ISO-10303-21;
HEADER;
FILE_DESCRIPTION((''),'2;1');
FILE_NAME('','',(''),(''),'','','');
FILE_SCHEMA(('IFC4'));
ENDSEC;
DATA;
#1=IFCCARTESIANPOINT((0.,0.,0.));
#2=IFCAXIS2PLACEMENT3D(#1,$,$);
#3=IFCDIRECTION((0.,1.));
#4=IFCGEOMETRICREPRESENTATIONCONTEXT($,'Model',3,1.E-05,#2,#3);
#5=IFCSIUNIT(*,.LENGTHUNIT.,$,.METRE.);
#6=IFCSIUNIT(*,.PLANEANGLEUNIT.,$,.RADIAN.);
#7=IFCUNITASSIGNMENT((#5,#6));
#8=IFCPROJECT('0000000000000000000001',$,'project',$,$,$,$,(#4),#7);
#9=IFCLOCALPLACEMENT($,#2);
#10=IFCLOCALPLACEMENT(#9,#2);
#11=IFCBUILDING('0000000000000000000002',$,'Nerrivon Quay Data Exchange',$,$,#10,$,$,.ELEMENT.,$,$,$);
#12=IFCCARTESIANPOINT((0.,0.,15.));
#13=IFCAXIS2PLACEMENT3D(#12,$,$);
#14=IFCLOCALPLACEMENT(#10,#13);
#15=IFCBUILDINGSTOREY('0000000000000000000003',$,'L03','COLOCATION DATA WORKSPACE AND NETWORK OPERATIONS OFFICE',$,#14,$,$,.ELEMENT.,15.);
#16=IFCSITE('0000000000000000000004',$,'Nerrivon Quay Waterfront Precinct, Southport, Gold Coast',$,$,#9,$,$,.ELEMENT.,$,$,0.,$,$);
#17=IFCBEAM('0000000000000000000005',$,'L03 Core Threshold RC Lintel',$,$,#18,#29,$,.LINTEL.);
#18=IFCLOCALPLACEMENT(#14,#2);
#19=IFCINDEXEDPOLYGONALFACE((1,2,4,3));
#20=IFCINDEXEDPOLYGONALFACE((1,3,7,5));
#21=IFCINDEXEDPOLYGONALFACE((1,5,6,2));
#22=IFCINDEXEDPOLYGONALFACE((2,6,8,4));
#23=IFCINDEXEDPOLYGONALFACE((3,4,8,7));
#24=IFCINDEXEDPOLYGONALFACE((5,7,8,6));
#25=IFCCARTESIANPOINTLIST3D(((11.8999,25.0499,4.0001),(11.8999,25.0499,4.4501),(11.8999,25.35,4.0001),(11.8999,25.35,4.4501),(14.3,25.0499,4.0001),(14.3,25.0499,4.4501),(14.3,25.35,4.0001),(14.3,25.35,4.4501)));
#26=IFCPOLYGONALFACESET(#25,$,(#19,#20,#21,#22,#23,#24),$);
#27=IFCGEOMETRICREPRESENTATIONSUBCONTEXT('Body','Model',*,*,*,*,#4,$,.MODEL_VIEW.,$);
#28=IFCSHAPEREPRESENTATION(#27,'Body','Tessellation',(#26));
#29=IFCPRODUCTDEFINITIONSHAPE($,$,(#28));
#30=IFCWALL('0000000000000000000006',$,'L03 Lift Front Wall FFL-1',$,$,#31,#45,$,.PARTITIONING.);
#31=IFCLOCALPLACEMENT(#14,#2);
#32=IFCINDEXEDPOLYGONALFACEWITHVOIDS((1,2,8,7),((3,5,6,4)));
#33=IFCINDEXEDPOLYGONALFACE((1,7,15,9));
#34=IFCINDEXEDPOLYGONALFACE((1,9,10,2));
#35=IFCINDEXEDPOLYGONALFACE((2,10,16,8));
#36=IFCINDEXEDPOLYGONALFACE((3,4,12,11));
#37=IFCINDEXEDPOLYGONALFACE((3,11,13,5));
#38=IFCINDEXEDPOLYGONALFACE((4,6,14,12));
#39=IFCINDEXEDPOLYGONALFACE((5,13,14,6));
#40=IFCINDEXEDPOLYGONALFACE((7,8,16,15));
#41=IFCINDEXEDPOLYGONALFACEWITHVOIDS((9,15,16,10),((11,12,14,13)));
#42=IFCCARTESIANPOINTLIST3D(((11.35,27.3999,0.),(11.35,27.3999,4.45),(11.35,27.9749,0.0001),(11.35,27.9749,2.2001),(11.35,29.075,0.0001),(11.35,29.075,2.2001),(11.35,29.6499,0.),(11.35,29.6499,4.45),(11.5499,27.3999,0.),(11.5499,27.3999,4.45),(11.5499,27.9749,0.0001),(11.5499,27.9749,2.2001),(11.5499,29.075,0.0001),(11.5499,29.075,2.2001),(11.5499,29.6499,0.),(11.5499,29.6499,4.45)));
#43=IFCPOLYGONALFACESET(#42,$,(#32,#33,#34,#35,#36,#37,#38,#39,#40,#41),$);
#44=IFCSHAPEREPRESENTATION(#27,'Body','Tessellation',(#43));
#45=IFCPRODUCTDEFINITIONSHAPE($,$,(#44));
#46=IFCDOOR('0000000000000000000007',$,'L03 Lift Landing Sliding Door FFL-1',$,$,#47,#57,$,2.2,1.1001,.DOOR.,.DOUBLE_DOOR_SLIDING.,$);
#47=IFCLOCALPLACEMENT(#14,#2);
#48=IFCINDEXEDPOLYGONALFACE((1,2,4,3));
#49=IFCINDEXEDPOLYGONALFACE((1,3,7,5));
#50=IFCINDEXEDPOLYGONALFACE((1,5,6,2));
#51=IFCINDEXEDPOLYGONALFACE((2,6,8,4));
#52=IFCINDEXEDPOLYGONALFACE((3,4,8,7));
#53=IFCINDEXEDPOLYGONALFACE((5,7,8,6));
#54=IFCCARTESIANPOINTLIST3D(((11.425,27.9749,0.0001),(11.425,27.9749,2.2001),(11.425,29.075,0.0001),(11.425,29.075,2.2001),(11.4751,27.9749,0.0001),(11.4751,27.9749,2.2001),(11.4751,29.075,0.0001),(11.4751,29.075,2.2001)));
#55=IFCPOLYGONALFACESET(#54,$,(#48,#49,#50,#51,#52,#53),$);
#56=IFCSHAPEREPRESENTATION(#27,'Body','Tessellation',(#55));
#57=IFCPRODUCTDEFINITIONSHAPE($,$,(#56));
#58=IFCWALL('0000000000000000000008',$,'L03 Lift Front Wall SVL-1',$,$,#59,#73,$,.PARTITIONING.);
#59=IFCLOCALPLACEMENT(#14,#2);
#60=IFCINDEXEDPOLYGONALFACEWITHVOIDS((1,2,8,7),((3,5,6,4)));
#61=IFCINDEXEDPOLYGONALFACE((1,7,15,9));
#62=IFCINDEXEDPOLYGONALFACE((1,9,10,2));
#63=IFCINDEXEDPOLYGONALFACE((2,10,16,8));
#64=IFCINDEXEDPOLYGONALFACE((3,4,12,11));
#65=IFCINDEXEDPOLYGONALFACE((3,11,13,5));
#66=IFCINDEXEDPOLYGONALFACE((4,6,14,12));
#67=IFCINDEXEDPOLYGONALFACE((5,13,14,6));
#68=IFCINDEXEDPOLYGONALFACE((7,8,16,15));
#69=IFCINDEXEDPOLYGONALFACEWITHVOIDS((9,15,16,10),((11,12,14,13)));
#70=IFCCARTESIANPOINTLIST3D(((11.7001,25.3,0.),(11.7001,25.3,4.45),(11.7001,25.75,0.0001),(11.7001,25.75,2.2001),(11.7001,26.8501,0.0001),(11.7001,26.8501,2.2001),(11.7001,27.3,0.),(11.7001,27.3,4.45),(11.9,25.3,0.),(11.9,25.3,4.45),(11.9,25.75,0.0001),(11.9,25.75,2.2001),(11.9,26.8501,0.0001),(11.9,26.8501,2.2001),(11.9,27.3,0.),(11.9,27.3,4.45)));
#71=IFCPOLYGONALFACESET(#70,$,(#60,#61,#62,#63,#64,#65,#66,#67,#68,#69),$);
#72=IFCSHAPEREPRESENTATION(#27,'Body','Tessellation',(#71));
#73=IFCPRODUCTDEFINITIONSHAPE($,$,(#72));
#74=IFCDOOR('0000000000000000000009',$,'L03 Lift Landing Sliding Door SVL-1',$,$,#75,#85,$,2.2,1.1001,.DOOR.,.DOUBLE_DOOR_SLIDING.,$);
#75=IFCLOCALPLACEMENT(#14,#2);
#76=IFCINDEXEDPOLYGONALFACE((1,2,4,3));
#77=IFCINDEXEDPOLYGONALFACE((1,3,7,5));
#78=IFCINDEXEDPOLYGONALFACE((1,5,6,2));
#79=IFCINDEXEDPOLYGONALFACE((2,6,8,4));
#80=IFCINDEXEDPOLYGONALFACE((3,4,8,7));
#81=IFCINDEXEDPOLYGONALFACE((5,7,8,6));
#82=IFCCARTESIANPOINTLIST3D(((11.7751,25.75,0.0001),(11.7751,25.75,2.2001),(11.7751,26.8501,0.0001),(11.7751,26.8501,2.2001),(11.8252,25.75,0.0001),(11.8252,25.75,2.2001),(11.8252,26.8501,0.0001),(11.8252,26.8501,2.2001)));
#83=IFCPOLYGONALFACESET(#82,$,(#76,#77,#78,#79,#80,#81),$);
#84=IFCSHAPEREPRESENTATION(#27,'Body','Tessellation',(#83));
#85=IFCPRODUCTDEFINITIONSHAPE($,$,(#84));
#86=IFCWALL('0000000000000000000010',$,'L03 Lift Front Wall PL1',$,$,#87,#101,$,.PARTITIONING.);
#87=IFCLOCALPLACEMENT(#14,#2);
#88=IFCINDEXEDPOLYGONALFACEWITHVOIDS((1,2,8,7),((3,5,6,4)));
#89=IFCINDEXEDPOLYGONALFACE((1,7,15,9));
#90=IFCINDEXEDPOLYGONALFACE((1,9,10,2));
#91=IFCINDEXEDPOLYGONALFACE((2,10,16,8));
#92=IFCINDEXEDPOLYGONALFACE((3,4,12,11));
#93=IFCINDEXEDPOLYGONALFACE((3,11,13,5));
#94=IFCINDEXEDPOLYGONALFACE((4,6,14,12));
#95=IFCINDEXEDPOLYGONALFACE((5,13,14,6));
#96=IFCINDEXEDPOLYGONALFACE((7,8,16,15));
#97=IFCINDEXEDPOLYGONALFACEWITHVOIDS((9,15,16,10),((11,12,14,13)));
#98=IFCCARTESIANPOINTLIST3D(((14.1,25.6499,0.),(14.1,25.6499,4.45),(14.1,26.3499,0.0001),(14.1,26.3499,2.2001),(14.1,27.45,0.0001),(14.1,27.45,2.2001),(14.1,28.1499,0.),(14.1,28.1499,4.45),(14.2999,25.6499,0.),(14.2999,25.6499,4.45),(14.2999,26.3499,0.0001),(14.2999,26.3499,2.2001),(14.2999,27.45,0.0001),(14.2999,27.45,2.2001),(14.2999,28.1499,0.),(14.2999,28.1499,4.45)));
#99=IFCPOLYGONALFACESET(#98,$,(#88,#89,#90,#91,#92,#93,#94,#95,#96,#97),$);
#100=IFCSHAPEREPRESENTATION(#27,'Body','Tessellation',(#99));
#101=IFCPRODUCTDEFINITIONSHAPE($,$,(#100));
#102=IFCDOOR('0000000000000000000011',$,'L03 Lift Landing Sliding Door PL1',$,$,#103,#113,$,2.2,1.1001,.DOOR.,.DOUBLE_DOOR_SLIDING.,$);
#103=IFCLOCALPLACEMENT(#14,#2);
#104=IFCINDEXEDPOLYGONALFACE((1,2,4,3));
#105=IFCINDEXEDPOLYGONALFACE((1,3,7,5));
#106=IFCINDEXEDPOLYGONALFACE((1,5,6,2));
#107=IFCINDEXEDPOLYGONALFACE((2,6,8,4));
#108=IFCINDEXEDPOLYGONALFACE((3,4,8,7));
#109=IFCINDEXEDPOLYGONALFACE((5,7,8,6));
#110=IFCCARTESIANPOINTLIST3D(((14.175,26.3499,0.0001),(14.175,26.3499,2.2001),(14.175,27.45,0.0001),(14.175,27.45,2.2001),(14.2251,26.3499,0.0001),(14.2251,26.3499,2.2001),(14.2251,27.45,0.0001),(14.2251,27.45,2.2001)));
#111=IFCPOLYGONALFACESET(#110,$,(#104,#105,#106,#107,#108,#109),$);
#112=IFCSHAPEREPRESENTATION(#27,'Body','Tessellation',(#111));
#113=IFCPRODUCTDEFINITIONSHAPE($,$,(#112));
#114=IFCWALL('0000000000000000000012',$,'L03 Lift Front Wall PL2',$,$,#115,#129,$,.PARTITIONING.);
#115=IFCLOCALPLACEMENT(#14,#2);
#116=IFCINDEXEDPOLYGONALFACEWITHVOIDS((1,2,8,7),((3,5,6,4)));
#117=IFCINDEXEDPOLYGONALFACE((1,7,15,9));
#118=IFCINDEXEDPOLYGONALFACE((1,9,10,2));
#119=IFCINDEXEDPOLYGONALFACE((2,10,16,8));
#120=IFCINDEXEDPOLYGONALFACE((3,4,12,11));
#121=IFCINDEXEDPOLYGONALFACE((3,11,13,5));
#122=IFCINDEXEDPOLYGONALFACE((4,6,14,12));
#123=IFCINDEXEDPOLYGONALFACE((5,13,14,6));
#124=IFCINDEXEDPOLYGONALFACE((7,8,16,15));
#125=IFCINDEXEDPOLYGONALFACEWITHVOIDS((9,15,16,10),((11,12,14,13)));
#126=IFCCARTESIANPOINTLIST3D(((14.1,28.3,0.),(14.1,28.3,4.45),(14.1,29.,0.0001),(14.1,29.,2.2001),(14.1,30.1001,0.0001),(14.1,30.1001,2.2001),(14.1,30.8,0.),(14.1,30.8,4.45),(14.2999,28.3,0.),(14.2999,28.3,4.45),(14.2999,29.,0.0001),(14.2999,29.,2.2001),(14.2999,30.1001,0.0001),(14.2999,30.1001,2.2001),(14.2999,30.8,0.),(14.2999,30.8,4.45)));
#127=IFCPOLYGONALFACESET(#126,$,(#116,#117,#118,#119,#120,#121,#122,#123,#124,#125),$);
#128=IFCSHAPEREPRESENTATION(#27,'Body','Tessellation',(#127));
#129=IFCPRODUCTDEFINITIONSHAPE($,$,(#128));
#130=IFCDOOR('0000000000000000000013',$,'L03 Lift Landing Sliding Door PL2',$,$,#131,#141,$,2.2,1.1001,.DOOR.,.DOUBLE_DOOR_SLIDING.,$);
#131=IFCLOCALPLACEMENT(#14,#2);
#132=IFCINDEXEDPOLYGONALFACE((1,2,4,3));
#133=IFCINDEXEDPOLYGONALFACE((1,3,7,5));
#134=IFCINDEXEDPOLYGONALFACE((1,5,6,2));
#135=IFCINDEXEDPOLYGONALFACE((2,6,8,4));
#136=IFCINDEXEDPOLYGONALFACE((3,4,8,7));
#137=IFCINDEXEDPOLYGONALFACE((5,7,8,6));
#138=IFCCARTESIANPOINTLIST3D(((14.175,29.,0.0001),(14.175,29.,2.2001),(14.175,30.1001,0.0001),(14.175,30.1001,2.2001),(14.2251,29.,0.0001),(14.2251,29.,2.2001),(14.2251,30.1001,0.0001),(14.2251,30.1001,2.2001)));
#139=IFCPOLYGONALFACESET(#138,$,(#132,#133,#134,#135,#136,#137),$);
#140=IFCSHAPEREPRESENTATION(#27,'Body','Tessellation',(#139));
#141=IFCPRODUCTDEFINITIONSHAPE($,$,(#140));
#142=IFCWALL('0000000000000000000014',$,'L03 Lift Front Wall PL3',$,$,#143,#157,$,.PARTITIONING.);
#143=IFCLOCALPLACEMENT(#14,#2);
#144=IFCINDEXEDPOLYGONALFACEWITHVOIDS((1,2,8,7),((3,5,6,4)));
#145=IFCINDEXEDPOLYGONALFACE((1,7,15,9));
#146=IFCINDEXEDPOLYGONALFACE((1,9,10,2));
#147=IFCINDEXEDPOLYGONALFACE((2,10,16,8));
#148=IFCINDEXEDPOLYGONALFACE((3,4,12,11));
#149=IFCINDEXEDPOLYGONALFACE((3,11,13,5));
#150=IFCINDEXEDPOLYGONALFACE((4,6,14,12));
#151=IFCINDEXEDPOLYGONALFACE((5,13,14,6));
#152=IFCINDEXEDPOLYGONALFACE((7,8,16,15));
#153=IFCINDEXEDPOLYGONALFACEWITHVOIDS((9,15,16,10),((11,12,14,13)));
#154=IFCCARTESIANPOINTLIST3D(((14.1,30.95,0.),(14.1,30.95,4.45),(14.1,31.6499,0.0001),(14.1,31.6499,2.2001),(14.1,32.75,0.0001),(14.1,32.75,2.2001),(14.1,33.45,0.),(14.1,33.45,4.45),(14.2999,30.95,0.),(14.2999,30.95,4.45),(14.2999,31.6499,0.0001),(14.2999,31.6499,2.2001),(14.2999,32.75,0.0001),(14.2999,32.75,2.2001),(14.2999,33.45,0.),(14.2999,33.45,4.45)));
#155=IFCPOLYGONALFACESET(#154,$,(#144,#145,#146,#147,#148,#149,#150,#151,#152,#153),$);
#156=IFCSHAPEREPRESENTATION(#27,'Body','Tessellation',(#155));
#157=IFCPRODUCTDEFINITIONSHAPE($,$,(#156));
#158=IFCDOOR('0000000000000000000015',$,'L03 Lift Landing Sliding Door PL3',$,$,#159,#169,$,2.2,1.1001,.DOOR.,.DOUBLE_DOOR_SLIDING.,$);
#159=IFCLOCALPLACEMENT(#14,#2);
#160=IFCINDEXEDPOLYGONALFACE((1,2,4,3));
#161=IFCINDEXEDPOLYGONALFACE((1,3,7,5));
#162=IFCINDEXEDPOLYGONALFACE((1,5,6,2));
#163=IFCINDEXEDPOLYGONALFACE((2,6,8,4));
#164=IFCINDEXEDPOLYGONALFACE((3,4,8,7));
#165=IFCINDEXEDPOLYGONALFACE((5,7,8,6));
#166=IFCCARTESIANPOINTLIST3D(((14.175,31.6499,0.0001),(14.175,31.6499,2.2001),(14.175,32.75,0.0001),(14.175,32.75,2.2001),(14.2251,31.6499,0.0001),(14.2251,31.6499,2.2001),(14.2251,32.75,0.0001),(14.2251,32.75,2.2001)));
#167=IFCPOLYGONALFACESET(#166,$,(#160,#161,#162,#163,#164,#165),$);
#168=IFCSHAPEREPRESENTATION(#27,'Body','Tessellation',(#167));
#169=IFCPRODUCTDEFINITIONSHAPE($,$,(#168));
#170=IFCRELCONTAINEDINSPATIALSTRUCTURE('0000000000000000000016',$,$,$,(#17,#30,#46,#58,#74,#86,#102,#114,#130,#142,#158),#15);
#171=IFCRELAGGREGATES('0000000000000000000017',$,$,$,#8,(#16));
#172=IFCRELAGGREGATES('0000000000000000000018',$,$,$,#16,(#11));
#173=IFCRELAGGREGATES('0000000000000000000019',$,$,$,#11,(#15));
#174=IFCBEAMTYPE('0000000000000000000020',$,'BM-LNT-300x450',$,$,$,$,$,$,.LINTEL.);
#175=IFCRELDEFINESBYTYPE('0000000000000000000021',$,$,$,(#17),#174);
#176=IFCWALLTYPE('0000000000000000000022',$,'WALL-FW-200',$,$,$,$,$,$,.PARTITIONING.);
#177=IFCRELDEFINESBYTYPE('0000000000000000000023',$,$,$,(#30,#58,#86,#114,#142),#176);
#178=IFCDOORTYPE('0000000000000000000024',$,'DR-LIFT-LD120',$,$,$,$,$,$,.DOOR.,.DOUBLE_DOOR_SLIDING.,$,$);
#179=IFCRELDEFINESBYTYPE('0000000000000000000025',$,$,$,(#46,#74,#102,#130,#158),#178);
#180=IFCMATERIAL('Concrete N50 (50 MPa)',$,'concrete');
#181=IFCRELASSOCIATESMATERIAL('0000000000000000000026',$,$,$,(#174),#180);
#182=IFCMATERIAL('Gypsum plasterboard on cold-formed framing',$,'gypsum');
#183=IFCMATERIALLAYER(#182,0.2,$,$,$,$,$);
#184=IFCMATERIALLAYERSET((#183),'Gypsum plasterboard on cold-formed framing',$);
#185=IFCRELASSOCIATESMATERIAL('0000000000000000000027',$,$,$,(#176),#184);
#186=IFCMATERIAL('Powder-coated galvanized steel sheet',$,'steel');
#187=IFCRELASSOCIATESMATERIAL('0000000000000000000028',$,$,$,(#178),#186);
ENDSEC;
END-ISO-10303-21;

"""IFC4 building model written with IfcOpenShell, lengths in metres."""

from ifc_helpers import new_model, si_unit, direction, frame, frame_2d, origin, origin_2d, place, context, subcontext, project, spatial, rectangle, extrude, material, layer, layer_set, material_profile, profile_set, type_object, element, fill, save


model = new_model("IFC4")

# Units and contexts
model_context = context("Model", 3, precision=1e-05, world=origin(), true_north=direction((0.0, 1.0)))
body_context = subcontext(model_context, "Body", "Model", "MODEL_VIEW")
ifc_project = project(units=[si_unit("LENGTHUNIT", "METRE"), si_unit("PLANEANGLEUNIT", "RADIAN")], contexts=[model_context])

# Site, building, storey
site_placement = place(None, origin())
site = spatial("IfcSite", under=ifc_project, at=site_placement, Name="Nerrivon Quay Waterfront Precinct, Southport, Gold Coast", CompositionType="ELEMENT", RefElevation=0.0)
building_placement = place(site_placement, origin())
building = spatial("IfcBuilding", under=site, at=building_placement, Name="Nerrivon Quay Data Exchange", CompositionType="ELEMENT")
storey_placement = place(building_placement, frame((0.0, 0.0, 15.0)))
storey = spatial("IfcBuildingStorey", under=building, at=storey_placement, Name="L03", Description="COLOCATION DATA WORKSPACE AND NETWORK OPERATIONS OFFICE", CompositionType="ELEMENT", Elevation=15.0)

# Beam
ifc_material_1 = material(Name="Concrete N50 (50 MPa)", Category="concrete")
ifc_material_profile = material_profile(ifc_material_1, rectangle(XDim=0.3, YDim=0.45, at=origin_2d()), Name="RC-LNT-300x450")
ifc_profile_set = profile_set([ifc_material_profile], Name="Concrete N50 (50 MPa)")
beam_type = type_object("IfcBeamType", Name="BM-LNT-300x450", PredefinedType="LINTEL", material=ifc_profile_set)
beam_placement = place(storey_placement, frame((11.8999, 25.2, 4.2251), z_axis=(1.0, 0.0, 0.0), x_axis=(0.0, 1.0, 0.0)))
element("IfcBeam", 1, at=beam_placement, inside=storey, type_object=beam_type, Name="L03 Core Threshold RC Lintel", PredefinedType="LINTEL", context=body_context, shape_type="SweptSolid", body=[
    extrude(rectangle(XDim=0.3, YDim=0.45, at=origin_2d()), origin(), (0.0, 0.0, 1.0), 2.4001),
])

# Walls, openings, doors
ifc_material_2 = material(Name="Gypsum plasterboard on cold-formed framing", Category="gypsum")
ifc_layer_1 = layer(ifc_material_2, 0.2)
ifc_layer_set_1 = layer_set([ifc_layer_1], Name="Gypsum plasterboard on cold-formed framing")
wall_type_1 = type_object("IfcWallType", Name="WALL-FW-200", PredefinedType="PARTITIONING", material=ifc_layer_set_1)
wall_1_placement = place(storey_placement, frame((11.45, 27.3999, 0.0), z_axis=(0.0, 0.0, 1.0), x_axis=(0.0, 1.0, 0.0)))
wall_1 = element("IfcWall", 2, at=wall_1_placement, inside=storey, type_object=wall_type_1, Name="L03 Lift Front Wall FFL-1", PredefinedType="PARTITIONING", context=body_context, shape_type="SweptSolid", body=[
    extrude(rectangle(XDim=2.25, YDim=0.2, at=frame_2d((1.125, 0.0))), origin(), (0.0, 0.0, 1.0), 4.45),
])
opening_1_placement = place(wall_1_placement, frame((0.575, 0.0, 0.0)))
opening_1 = element("IfcOpeningElement", 3, at=opening_1_placement, cuts=wall_1, PredefinedType="OPENING", context=body_context, shape_type="SweptSolid", body=[
    extrude(rectangle(XDim=1.1001, YDim=2.2, at=frame_2d((0.55, 1.1001))), frame((0.0, 0.1099, 0.0), z_axis=(0.0, -1.0, 0.0), x_axis=(1.0, 0.0, 0.0)), (0.0, 0.0, 1.0), 0.22),
])
ifc_material_3 = material(Name="Powder-coated galvanized steel sheet", Category="steel")
door_type_1 = type_object("IfcDoorType", Name="DR-LIFT-LD120", OperationType="DOUBLE_DOOR_SLIDING", PredefinedType="DOOR", material=ifc_material_3)
door_1_placement = place(opening_1_placement, origin())
door_1 = element("IfcDoor", 4, at=door_1_placement, inside=storey, type_object=door_type_1, Name="L03 Lift Landing Sliding Door FFL-1", OperationType="DOUBLE_DOOR_SLIDING", OverallHeight=2.2, OverallWidth=1.1001, PredefinedType="DOOR", context=body_context, shape_type="SweptSolid", body=[
    extrude(rectangle(XDim=1.1001, YDim=2.2, at=frame_2d((0.55, 1.1001))), frame((0.0, 0.0249, 0.0), z_axis=(0.0, -1.0, 0.0), x_axis=(1.0, 0.0, 0.0)), (0.0, 0.0, 1.0), 0.05),
])
fill(opening_1, door_1)
wall_2_placement = place(storey_placement, frame((11.8, 25.3, 0.0), z_axis=(0.0, 0.0, 1.0), x_axis=(0.0, 1.0, 0.0)))
wall_2 = element("IfcWall", 5, at=wall_2_placement, inside=storey, type_object=wall_type_1, Name="L03 Lift Front Wall SVL-1", PredefinedType="PARTITIONING", context=body_context, shape_type="SweptSolid", body=[
    extrude(rectangle(XDim=2.0, YDim=0.2, at=frame_2d((1.0, 0.0))), origin(), (0.0, 0.0, 1.0), 4.45),
])
opening_2_placement = place(wall_2_placement, frame((0.45, 0.0, 0.0)))
opening_2 = element("IfcOpeningElement", 6, at=opening_2_placement, cuts=wall_2, PredefinedType="OPENING", context=body_context, shape_type="SweptSolid", body=[
    extrude(rectangle(XDim=1.1001, YDim=2.2, at=frame_2d((0.55, 1.1001))), frame((0.0, 0.1099, 0.0), z_axis=(0.0, -1.0, 0.0), x_axis=(1.0, 0.0, 0.0)), (0.0, 0.0, 1.0), 0.22),
])
door_2_placement = place(opening_2_placement, origin())
door_2 = element("IfcDoor", 7, at=door_2_placement, inside=storey, type_object=door_type_1, Name="L03 Lift Landing Sliding Door SVL-1", OperationType="DOUBLE_DOOR_SLIDING", OverallHeight=2.2, OverallWidth=1.1001, PredefinedType="DOOR", context=body_context, shape_type="SweptSolid", body=[
    extrude(rectangle(XDim=1.1001, YDim=2.2, at=frame_2d((0.55, 1.1001))), frame((0.0, 0.0249, 0.0), z_axis=(0.0, -1.0, 0.0), x_axis=(1.0, 0.0, 0.0)), (0.0, 0.0, 1.0), 0.05),
])
fill(opening_2, door_2)
wall_3_placement = place(storey_placement, frame((14.2, 25.6499, 0.0), z_axis=(0.0, 0.0, 1.0), x_axis=(0.0, 1.0, 0.0)))
wall_3 = element("IfcWall", 8, at=wall_3_placement, inside=storey, type_object=wall_type_1, Name="L03 Lift Front Wall PL1", PredefinedType="PARTITIONING", context=body_context, shape_type="SweptSolid", body=[
    extrude(rectangle(XDim=2.5, YDim=0.2, at=frame_2d((1.25, 0.0))), origin(), (0.0, 0.0, 1.0), 4.45),
])
opening_3_placement = place(wall_3_placement, frame((0.7, 0.0, 0.0)))
opening_3 = element("IfcOpeningElement", 9, at=opening_3_placement, cuts=wall_3, PredefinedType="OPENING", context=body_context, shape_type="SweptSolid", body=[
    extrude(rectangle(XDim=1.1001, YDim=2.2, at=frame_2d((0.55, 1.1001))), frame((0.0, 0.1099, 0.0), z_axis=(0.0, -1.0, 0.0), x_axis=(1.0, 0.0, 0.0)), (0.0, 0.0, 1.0), 0.22),
])
door_3_placement = place(opening_3_placement, origin())
door_3 = element("IfcDoor", 10, at=door_3_placement, inside=storey, type_object=door_type_1, Name="L03 Lift Landing Sliding Door PL1", OperationType="DOUBLE_DOOR_SLIDING", OverallHeight=2.2, OverallWidth=1.1001, PredefinedType="DOOR", context=body_context, shape_type="SweptSolid", body=[
    extrude(rectangle(XDim=1.1001, YDim=2.2, at=frame_2d((0.55, 1.1001))), frame((0.0, 0.0249, 0.0), z_axis=(0.0, -1.0, 0.0), x_axis=(1.0, 0.0, 0.0)), (0.0, 0.0, 1.0), 0.05),
])
fill(opening_3, door_3)
wall_4_placement = place(storey_placement, frame((14.2, 28.3, 0.0), z_axis=(0.0, 0.0, 1.0), x_axis=(0.0, 1.0, 0.0)))
wall_4 = element("IfcWall", 11, at=wall_4_placement, inside=storey, type_object=wall_type_1, Name="L03 Lift Front Wall PL2", PredefinedType="PARTITIONING", context=body_context, shape_type="SweptSolid", body=[
    extrude(rectangle(XDim=2.5, YDim=0.2, at=frame_2d((1.25, 0.0))), origin(), (0.0, 0.0, 1.0), 4.45),
])
opening_4_placement = place(wall_4_placement, frame((0.7, 0.0, 0.0)))
opening_4 = element("IfcOpeningElement", 12, at=opening_4_placement, cuts=wall_4, PredefinedType="OPENING", context=body_context, shape_type="SweptSolid", body=[
    extrude(rectangle(XDim=1.1001, YDim=2.2, at=frame_2d((0.55, 1.1001))), frame((0.0, 0.1099, 0.0), z_axis=(0.0, -1.0, 0.0), x_axis=(1.0, 0.0, 0.0)), (0.0, 0.0, 1.0), 0.22),
])
door_4_placement = place(opening_4_placement, origin())
door_4 = element("IfcDoor", 13, at=door_4_placement, inside=storey, type_object=door_type_1, Name="L03 Lift Landing Sliding Door PL2", OperationType="DOUBLE_DOOR_SLIDING", OverallHeight=2.2, OverallWidth=1.1001, PredefinedType="DOOR", context=body_context, shape_type="SweptSolid", body=[
    extrude(rectangle(XDim=1.1001, YDim=2.2, at=frame_2d((0.55, 1.1001))), frame((0.0, 0.0249, 0.0), z_axis=(0.0, -1.0, 0.0), x_axis=(1.0, 0.0, 0.0)), (0.0, 0.0, 1.0), 0.05),
])
fill(opening_4, door_4)
wall_5_placement = place(storey_placement, frame((14.2, 30.95, 0.0), z_axis=(0.0, 0.0, 1.0), x_axis=(0.0, 1.0, 0.0)))
wall_5 = element("IfcWall", 14, at=wall_5_placement, inside=storey, type_object=wall_type_1, Name="L03 Lift Front Wall PL3", PredefinedType="PARTITIONING", context=body_context, shape_type="SweptSolid", body=[
    extrude(rectangle(XDim=2.5, YDim=0.2, at=frame_2d((1.25, 0.0))), origin(), (0.0, 0.0, 1.0), 4.45),
])
opening_5_placement = place(wall_5_placement, frame((0.7, 0.0, 0.0)))
opening_5 = element("IfcOpeningElement", 15, at=opening_5_placement, cuts=wall_5, PredefinedType="OPENING", context=body_context, shape_type="SweptSolid", body=[
    extrude(rectangle(XDim=1.1001, YDim=2.2, at=frame_2d((0.55, 1.1001))), frame((0.0, 0.1099, 0.0), z_axis=(0.0, -1.0, 0.0), x_axis=(1.0, 0.0, 0.0)), (0.0, 0.0, 1.0), 0.22),
])
door_5_placement = place(opening_5_placement, origin())
door_5 = element("IfcDoor", 16, at=door_5_placement, inside=storey, type_object=door_type_1, Name="L03 Lift Landing Sliding Door PL3", OperationType="DOUBLE_DOOR_SLIDING", OverallHeight=2.2, OverallWidth=1.1001, PredefinedType="DOOR", context=body_context, shape_type="SweptSolid", body=[
    extrude(rectangle(XDim=1.1001, YDim=2.2, at=frame_2d((0.55, 1.1001))), frame((0.0, 0.0249, 0.0), z_axis=(0.0, -1.0, 0.0), x_axis=(1.0, 0.0, 0.0)), (0.0, 0.0, 1.0), 0.05),
])
fill(opening_5, door_5)

save(model, "model.ifc")
